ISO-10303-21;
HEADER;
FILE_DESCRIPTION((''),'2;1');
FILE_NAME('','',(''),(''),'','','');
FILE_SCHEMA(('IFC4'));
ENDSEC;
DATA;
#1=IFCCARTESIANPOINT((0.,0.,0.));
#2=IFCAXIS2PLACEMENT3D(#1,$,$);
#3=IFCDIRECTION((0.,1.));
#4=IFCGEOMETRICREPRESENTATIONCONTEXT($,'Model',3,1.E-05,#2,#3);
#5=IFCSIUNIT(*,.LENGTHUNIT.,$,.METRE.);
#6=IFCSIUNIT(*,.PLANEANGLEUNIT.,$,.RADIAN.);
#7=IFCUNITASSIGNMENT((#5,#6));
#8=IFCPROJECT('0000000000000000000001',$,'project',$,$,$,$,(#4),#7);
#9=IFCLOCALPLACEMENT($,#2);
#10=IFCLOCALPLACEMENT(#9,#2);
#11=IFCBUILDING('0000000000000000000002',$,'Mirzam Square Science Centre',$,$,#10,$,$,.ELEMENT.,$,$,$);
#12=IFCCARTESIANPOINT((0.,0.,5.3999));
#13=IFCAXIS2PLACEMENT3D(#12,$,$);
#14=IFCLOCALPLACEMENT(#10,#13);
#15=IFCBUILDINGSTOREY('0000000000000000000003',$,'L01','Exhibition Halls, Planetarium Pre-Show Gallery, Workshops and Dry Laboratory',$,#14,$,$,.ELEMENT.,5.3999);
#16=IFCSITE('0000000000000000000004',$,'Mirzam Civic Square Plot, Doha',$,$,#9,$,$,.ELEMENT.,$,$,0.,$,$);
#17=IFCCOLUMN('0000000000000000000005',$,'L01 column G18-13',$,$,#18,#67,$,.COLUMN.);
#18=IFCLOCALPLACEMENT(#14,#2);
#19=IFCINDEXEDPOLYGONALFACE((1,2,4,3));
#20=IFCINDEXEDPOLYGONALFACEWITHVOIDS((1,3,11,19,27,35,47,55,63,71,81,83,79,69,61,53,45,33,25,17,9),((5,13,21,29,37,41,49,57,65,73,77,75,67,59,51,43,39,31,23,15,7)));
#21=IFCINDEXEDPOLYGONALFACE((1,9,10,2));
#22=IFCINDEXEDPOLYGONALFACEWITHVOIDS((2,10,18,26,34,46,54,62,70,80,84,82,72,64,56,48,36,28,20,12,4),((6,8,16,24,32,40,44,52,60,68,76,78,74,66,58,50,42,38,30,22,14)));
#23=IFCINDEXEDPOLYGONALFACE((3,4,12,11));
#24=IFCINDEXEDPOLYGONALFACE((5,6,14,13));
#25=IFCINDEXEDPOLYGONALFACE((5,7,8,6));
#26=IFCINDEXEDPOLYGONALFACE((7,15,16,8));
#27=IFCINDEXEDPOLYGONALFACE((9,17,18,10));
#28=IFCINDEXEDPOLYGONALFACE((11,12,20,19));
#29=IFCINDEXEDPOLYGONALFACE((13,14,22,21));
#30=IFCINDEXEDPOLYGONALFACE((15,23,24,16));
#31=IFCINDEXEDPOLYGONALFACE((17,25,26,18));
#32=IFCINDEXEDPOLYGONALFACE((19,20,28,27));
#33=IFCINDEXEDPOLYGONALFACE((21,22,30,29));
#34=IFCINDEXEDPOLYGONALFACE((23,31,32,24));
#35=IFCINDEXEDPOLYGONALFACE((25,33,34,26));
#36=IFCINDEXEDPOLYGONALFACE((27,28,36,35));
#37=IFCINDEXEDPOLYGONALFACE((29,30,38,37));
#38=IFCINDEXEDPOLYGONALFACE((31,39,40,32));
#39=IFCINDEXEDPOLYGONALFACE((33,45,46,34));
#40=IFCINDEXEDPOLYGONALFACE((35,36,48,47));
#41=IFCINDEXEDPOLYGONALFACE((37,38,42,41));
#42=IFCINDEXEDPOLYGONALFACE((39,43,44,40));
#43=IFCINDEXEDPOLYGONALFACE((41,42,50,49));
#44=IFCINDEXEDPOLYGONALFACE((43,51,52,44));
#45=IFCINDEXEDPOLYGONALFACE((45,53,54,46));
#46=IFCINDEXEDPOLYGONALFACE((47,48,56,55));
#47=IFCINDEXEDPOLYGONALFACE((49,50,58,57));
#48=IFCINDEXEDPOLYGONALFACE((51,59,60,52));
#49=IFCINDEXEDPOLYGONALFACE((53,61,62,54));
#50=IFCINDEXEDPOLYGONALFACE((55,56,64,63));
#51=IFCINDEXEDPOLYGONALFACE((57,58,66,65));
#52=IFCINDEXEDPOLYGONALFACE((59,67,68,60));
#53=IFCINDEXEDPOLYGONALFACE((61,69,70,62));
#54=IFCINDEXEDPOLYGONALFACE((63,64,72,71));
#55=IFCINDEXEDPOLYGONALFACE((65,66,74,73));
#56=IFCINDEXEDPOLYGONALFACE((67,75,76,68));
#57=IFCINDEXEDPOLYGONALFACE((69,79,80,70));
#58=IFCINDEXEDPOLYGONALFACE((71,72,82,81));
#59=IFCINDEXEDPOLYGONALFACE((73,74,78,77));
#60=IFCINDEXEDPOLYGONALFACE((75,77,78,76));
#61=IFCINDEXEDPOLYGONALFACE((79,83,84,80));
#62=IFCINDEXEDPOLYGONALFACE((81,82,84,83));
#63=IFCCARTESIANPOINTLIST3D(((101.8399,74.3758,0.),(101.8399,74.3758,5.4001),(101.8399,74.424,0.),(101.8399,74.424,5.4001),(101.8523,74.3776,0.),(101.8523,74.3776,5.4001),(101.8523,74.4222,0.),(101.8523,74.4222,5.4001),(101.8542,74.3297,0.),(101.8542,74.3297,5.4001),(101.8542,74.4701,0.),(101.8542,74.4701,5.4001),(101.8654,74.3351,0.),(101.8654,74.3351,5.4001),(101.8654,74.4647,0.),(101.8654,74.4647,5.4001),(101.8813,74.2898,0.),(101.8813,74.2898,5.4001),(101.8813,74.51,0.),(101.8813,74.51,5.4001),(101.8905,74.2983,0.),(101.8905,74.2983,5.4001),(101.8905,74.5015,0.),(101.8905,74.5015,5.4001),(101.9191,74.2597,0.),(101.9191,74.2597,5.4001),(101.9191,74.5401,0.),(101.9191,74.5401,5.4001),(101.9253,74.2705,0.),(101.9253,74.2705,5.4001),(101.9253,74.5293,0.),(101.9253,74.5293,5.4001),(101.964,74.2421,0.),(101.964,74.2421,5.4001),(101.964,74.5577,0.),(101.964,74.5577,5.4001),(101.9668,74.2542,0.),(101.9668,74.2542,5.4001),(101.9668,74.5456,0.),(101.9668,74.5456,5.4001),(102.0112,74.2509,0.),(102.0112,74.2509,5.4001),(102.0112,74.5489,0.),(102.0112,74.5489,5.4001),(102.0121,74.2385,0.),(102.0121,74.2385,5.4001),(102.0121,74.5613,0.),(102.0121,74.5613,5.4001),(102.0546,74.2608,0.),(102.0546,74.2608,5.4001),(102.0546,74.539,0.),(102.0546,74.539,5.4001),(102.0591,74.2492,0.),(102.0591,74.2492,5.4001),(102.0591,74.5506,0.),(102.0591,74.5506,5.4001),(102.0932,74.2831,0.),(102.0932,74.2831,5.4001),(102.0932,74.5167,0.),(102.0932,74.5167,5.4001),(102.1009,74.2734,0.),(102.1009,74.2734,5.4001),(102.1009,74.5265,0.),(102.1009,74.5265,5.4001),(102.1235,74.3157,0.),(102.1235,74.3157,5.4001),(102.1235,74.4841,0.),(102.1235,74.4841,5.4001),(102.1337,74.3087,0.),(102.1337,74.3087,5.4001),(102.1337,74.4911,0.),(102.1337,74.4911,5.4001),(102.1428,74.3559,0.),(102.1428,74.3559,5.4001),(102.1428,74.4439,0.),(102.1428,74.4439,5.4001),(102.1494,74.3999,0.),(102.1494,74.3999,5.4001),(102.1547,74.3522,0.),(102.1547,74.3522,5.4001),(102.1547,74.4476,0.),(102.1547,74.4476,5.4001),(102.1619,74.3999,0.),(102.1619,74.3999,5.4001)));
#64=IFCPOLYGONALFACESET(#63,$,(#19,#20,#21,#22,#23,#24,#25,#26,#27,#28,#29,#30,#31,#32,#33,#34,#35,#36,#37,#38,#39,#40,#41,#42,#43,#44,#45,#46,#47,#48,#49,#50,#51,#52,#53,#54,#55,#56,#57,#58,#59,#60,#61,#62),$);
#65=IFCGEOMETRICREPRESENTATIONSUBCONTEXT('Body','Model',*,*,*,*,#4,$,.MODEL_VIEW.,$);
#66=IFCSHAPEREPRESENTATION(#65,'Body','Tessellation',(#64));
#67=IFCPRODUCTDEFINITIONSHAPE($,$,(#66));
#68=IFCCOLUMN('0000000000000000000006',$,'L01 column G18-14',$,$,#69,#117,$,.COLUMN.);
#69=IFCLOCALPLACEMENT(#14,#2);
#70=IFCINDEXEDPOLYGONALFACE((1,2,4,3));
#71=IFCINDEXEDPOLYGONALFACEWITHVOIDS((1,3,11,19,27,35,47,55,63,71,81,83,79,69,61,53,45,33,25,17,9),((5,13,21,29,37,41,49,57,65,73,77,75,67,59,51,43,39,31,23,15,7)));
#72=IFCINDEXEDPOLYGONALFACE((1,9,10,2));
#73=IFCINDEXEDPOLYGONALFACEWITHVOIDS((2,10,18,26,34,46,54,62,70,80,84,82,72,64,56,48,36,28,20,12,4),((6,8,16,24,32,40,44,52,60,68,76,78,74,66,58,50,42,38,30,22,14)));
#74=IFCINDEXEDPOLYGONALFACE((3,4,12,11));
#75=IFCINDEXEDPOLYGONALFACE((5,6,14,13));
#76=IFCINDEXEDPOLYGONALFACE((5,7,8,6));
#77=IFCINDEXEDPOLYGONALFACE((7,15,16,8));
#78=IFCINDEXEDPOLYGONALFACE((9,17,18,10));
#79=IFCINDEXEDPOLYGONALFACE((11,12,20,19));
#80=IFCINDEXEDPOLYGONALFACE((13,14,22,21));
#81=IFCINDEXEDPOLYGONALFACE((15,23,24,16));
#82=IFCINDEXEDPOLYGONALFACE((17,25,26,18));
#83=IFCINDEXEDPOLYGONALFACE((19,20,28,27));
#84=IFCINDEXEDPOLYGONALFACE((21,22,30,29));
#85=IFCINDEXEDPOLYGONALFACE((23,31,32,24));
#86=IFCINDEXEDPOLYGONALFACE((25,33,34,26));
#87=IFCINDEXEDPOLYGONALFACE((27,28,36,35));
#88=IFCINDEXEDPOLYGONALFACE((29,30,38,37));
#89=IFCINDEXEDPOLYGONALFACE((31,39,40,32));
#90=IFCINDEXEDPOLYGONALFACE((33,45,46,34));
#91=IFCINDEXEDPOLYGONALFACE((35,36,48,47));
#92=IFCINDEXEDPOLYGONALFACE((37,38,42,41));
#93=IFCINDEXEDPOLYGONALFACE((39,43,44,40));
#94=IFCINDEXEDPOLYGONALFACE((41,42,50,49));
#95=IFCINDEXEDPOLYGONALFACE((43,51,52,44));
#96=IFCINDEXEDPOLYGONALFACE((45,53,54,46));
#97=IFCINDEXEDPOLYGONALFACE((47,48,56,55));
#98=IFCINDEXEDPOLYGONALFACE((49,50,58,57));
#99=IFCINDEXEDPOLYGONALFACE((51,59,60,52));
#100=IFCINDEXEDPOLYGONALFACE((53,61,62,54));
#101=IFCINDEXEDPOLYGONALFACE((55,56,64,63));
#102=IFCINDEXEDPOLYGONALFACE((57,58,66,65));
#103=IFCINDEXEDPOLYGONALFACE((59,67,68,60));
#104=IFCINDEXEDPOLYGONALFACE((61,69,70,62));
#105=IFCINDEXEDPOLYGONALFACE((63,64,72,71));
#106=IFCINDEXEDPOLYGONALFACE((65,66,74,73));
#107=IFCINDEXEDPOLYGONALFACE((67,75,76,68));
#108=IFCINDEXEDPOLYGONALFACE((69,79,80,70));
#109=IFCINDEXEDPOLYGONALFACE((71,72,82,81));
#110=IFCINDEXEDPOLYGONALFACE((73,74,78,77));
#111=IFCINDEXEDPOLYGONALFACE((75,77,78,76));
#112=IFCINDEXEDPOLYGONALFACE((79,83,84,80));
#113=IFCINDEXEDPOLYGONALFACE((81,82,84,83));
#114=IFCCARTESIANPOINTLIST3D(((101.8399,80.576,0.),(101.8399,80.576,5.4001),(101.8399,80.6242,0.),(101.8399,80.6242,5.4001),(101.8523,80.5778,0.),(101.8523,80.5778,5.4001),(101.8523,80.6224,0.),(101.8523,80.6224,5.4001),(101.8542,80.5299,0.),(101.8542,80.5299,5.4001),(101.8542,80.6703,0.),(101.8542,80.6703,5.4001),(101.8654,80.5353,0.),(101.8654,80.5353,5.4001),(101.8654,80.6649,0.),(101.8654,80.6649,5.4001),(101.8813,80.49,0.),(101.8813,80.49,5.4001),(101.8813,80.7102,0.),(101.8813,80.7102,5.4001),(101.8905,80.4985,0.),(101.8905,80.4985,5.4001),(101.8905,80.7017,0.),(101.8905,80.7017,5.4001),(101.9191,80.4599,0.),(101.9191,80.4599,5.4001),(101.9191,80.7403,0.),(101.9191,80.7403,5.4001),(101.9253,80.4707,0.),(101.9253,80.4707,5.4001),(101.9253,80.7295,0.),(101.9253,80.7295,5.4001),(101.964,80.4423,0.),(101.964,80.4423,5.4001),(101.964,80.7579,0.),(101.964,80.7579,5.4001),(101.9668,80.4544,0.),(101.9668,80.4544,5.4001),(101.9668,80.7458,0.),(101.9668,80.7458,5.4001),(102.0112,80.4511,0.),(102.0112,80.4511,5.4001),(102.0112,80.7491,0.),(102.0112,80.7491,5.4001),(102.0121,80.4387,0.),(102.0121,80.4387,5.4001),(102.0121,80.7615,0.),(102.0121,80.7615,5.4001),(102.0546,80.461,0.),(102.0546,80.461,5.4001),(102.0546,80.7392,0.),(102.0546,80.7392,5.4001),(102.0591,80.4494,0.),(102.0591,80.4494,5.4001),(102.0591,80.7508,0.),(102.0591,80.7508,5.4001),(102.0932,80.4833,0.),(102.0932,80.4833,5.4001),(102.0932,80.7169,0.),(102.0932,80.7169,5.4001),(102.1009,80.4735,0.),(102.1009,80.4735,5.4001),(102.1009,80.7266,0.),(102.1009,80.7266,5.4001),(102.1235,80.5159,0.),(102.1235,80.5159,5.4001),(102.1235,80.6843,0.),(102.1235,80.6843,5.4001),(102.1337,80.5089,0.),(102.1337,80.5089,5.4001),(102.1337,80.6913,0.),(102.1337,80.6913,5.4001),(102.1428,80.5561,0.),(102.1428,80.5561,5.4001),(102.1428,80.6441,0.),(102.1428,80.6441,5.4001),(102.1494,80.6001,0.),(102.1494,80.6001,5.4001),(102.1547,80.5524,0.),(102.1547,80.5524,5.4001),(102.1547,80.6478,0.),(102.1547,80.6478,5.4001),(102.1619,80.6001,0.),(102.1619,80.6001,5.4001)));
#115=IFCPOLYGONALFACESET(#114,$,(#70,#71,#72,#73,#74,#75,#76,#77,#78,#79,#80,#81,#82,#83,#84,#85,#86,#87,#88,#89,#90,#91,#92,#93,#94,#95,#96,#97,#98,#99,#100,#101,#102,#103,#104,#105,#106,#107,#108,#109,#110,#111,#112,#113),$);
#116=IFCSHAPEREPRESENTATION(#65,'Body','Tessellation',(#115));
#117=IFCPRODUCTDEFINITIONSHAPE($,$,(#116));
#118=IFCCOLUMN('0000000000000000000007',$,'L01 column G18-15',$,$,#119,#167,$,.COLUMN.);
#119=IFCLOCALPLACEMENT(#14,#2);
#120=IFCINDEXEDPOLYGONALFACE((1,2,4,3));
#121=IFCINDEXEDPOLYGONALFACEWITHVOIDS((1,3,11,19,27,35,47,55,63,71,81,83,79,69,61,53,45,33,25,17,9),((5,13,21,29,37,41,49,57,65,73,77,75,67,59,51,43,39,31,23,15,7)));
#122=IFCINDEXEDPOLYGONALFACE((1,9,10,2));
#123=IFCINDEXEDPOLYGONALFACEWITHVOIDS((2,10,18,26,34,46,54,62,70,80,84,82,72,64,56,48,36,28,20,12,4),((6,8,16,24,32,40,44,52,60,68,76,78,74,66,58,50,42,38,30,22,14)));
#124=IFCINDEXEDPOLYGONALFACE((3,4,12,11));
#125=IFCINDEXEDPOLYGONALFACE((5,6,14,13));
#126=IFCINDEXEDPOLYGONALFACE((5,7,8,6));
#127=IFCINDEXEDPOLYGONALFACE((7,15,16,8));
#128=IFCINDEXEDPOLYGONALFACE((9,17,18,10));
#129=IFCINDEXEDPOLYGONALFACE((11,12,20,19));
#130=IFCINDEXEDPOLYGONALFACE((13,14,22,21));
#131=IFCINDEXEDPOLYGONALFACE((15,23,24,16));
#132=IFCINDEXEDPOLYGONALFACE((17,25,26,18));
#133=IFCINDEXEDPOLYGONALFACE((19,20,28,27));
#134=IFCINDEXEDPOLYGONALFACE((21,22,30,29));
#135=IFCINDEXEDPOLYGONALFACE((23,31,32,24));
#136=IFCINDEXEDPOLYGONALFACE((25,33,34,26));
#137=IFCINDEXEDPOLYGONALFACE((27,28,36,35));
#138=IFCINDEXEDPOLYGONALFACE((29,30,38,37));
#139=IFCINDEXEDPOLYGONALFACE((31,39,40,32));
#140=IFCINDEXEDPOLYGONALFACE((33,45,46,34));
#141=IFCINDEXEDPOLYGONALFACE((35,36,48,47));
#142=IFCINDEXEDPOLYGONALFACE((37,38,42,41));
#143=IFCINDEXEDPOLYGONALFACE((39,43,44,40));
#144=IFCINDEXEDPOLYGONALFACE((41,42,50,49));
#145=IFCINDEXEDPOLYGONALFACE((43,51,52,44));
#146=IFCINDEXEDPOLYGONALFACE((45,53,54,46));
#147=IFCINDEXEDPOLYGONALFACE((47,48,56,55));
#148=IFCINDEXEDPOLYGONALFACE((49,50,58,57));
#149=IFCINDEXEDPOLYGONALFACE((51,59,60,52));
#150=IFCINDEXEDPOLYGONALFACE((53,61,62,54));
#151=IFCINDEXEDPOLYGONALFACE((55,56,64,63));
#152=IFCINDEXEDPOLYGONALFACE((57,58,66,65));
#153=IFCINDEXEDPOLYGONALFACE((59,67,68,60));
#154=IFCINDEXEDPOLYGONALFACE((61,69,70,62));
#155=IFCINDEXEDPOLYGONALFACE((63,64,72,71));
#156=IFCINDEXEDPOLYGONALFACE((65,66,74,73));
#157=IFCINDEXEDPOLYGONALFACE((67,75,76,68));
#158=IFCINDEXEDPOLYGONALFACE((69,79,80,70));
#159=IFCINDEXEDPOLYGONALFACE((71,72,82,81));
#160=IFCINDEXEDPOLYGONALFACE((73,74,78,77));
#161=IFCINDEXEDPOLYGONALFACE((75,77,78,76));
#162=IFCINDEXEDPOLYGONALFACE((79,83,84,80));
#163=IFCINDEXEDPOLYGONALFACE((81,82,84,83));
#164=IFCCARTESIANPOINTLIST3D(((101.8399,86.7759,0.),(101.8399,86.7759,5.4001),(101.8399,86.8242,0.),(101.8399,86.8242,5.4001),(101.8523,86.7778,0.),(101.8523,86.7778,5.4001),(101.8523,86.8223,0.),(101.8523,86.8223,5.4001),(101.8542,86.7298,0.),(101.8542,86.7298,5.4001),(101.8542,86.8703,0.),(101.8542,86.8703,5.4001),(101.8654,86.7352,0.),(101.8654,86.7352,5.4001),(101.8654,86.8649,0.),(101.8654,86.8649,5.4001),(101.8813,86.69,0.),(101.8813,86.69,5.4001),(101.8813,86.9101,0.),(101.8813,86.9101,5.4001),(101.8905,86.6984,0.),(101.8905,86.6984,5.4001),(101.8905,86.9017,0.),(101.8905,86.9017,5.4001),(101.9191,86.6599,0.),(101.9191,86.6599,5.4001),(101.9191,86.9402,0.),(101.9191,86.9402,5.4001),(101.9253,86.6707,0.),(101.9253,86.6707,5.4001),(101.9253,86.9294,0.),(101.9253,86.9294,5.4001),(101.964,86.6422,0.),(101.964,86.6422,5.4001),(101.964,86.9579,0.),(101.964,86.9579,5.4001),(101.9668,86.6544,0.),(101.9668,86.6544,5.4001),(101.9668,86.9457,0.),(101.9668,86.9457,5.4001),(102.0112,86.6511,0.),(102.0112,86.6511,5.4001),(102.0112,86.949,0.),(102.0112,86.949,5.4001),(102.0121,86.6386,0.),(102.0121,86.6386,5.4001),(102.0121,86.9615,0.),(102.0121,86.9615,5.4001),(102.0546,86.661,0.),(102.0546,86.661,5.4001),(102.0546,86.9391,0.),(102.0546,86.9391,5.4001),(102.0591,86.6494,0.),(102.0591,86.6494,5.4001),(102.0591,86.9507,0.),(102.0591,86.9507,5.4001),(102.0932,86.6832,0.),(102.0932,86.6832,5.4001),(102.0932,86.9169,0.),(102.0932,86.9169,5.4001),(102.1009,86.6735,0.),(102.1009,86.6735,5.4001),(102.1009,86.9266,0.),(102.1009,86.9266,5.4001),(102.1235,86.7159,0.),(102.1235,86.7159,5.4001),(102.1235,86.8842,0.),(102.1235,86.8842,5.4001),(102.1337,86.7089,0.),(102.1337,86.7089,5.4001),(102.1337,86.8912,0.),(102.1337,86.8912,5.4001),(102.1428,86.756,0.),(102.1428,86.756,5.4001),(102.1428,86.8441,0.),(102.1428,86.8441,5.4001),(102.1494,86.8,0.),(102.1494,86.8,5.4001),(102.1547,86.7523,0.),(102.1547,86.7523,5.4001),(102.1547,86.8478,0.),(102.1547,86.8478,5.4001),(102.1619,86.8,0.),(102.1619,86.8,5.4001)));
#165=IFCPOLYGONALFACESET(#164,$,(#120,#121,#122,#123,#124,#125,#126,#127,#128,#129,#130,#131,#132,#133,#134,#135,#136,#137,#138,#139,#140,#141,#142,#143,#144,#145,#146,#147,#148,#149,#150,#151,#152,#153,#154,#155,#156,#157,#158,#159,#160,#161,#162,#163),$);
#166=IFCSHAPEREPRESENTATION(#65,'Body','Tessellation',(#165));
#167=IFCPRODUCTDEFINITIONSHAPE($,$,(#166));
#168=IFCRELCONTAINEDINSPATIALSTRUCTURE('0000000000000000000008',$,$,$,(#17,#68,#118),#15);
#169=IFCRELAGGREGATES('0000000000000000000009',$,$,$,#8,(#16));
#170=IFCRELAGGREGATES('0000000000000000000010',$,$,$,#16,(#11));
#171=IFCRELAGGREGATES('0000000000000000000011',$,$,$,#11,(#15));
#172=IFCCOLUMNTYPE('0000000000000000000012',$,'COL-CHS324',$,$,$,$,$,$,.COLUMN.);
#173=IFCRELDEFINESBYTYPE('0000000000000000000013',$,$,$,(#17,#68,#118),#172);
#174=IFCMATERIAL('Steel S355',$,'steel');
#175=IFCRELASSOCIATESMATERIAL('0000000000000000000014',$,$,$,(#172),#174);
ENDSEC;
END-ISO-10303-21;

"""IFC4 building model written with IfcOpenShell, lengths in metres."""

from ifc_helpers import new_model, si_unit, direction, frame, origin, origin_2d, place, context, subcontext, project, spatial, hollow_circle, extrude, material, material_profile, profile_set, type_object, element, save


model = new_model("IFC4")

# Units and contexts
model_context = context("Model", 3, precision=1e-05, world=origin(), true_north=direction((0.0, 1.0)))
body_context = subcontext(model_context, "Body", "Model", "MODEL_VIEW")
ifc_project = project(units=[si_unit("LENGTHUNIT", "METRE"), si_unit("PLANEANGLEUNIT", "RADIAN")], contexts=[model_context])

# Site, building, storey
site_placement = place(None, origin())
site = spatial("IfcSite", under=ifc_project, at=site_placement, Name="Mirzam Civic Square Plot, Doha", CompositionType="ELEMENT", RefElevation=0.0)
building_placement = place(site_placement, origin())
building = spatial("IfcBuilding", under=site, at=building_placement, Name="Mirzam Square Science Centre", CompositionType="ELEMENT")
storey_placement = place(building_placement, frame((0.0, 0.0, 5.3999)))
storey = spatial("IfcBuildingStorey", under=building, at=storey_placement, Name="L01", Description="Exhibition Halls, Planetarium Pre-Show Gallery, Workshops and Dry Laboratory", CompositionType="ELEMENT", Elevation=5.3999)

# Columns
ifc_material_1 = material(Name="Steel S355", Category="steel")
ifc_material_profile_1 = material_profile(ifc_material_1, hollow_circle(Radius=0.1619, WallThickness=0.0125, at=origin_2d()), Name="323.9x12.5CHS")
ifc_profile_set_1 = profile_set([ifc_material_profile_1], Name="Steel S355")
column_type_1 = type_object("IfcColumnType", Name="COL-CHS324", PredefinedType="COLUMN", material=ifc_profile_set_1)
for number, where, z_axis, x_axis, name in (
    (1, (102.0, 74.3999, 0.0), (0.0, 0.0, 1.0), (1.0, 0.0, 0.0), "L01 column G18-13"),
    (2, (102.0, 80.6001, 0.0), (0.0, 0.0, 1.0), (1.0, 0.0, 0.0), "L01 column G18-14"),
    (3, (102.0, 86.8, 0.0), (0.0, 0.0, 1.0), (1.0, 0.0, 0.0), "L01 column G18-15"),
):
    element("IfcColumn", number, at=place(storey_placement, frame(where, z_axis=z_axis, x_axis=x_axis)), inside=storey, type_object=column_type_1, Name=name, PredefinedType="COLUMN", context=body_context, shape_type="SweptSolid", body=[
        extrude(hollow_circle(Radius=0.1619, WallThickness=0.0125, at=origin_2d()), origin(), (0.0, 0.0, 1.0), 5.4001),
    ])

save(model, "model.ifc")
